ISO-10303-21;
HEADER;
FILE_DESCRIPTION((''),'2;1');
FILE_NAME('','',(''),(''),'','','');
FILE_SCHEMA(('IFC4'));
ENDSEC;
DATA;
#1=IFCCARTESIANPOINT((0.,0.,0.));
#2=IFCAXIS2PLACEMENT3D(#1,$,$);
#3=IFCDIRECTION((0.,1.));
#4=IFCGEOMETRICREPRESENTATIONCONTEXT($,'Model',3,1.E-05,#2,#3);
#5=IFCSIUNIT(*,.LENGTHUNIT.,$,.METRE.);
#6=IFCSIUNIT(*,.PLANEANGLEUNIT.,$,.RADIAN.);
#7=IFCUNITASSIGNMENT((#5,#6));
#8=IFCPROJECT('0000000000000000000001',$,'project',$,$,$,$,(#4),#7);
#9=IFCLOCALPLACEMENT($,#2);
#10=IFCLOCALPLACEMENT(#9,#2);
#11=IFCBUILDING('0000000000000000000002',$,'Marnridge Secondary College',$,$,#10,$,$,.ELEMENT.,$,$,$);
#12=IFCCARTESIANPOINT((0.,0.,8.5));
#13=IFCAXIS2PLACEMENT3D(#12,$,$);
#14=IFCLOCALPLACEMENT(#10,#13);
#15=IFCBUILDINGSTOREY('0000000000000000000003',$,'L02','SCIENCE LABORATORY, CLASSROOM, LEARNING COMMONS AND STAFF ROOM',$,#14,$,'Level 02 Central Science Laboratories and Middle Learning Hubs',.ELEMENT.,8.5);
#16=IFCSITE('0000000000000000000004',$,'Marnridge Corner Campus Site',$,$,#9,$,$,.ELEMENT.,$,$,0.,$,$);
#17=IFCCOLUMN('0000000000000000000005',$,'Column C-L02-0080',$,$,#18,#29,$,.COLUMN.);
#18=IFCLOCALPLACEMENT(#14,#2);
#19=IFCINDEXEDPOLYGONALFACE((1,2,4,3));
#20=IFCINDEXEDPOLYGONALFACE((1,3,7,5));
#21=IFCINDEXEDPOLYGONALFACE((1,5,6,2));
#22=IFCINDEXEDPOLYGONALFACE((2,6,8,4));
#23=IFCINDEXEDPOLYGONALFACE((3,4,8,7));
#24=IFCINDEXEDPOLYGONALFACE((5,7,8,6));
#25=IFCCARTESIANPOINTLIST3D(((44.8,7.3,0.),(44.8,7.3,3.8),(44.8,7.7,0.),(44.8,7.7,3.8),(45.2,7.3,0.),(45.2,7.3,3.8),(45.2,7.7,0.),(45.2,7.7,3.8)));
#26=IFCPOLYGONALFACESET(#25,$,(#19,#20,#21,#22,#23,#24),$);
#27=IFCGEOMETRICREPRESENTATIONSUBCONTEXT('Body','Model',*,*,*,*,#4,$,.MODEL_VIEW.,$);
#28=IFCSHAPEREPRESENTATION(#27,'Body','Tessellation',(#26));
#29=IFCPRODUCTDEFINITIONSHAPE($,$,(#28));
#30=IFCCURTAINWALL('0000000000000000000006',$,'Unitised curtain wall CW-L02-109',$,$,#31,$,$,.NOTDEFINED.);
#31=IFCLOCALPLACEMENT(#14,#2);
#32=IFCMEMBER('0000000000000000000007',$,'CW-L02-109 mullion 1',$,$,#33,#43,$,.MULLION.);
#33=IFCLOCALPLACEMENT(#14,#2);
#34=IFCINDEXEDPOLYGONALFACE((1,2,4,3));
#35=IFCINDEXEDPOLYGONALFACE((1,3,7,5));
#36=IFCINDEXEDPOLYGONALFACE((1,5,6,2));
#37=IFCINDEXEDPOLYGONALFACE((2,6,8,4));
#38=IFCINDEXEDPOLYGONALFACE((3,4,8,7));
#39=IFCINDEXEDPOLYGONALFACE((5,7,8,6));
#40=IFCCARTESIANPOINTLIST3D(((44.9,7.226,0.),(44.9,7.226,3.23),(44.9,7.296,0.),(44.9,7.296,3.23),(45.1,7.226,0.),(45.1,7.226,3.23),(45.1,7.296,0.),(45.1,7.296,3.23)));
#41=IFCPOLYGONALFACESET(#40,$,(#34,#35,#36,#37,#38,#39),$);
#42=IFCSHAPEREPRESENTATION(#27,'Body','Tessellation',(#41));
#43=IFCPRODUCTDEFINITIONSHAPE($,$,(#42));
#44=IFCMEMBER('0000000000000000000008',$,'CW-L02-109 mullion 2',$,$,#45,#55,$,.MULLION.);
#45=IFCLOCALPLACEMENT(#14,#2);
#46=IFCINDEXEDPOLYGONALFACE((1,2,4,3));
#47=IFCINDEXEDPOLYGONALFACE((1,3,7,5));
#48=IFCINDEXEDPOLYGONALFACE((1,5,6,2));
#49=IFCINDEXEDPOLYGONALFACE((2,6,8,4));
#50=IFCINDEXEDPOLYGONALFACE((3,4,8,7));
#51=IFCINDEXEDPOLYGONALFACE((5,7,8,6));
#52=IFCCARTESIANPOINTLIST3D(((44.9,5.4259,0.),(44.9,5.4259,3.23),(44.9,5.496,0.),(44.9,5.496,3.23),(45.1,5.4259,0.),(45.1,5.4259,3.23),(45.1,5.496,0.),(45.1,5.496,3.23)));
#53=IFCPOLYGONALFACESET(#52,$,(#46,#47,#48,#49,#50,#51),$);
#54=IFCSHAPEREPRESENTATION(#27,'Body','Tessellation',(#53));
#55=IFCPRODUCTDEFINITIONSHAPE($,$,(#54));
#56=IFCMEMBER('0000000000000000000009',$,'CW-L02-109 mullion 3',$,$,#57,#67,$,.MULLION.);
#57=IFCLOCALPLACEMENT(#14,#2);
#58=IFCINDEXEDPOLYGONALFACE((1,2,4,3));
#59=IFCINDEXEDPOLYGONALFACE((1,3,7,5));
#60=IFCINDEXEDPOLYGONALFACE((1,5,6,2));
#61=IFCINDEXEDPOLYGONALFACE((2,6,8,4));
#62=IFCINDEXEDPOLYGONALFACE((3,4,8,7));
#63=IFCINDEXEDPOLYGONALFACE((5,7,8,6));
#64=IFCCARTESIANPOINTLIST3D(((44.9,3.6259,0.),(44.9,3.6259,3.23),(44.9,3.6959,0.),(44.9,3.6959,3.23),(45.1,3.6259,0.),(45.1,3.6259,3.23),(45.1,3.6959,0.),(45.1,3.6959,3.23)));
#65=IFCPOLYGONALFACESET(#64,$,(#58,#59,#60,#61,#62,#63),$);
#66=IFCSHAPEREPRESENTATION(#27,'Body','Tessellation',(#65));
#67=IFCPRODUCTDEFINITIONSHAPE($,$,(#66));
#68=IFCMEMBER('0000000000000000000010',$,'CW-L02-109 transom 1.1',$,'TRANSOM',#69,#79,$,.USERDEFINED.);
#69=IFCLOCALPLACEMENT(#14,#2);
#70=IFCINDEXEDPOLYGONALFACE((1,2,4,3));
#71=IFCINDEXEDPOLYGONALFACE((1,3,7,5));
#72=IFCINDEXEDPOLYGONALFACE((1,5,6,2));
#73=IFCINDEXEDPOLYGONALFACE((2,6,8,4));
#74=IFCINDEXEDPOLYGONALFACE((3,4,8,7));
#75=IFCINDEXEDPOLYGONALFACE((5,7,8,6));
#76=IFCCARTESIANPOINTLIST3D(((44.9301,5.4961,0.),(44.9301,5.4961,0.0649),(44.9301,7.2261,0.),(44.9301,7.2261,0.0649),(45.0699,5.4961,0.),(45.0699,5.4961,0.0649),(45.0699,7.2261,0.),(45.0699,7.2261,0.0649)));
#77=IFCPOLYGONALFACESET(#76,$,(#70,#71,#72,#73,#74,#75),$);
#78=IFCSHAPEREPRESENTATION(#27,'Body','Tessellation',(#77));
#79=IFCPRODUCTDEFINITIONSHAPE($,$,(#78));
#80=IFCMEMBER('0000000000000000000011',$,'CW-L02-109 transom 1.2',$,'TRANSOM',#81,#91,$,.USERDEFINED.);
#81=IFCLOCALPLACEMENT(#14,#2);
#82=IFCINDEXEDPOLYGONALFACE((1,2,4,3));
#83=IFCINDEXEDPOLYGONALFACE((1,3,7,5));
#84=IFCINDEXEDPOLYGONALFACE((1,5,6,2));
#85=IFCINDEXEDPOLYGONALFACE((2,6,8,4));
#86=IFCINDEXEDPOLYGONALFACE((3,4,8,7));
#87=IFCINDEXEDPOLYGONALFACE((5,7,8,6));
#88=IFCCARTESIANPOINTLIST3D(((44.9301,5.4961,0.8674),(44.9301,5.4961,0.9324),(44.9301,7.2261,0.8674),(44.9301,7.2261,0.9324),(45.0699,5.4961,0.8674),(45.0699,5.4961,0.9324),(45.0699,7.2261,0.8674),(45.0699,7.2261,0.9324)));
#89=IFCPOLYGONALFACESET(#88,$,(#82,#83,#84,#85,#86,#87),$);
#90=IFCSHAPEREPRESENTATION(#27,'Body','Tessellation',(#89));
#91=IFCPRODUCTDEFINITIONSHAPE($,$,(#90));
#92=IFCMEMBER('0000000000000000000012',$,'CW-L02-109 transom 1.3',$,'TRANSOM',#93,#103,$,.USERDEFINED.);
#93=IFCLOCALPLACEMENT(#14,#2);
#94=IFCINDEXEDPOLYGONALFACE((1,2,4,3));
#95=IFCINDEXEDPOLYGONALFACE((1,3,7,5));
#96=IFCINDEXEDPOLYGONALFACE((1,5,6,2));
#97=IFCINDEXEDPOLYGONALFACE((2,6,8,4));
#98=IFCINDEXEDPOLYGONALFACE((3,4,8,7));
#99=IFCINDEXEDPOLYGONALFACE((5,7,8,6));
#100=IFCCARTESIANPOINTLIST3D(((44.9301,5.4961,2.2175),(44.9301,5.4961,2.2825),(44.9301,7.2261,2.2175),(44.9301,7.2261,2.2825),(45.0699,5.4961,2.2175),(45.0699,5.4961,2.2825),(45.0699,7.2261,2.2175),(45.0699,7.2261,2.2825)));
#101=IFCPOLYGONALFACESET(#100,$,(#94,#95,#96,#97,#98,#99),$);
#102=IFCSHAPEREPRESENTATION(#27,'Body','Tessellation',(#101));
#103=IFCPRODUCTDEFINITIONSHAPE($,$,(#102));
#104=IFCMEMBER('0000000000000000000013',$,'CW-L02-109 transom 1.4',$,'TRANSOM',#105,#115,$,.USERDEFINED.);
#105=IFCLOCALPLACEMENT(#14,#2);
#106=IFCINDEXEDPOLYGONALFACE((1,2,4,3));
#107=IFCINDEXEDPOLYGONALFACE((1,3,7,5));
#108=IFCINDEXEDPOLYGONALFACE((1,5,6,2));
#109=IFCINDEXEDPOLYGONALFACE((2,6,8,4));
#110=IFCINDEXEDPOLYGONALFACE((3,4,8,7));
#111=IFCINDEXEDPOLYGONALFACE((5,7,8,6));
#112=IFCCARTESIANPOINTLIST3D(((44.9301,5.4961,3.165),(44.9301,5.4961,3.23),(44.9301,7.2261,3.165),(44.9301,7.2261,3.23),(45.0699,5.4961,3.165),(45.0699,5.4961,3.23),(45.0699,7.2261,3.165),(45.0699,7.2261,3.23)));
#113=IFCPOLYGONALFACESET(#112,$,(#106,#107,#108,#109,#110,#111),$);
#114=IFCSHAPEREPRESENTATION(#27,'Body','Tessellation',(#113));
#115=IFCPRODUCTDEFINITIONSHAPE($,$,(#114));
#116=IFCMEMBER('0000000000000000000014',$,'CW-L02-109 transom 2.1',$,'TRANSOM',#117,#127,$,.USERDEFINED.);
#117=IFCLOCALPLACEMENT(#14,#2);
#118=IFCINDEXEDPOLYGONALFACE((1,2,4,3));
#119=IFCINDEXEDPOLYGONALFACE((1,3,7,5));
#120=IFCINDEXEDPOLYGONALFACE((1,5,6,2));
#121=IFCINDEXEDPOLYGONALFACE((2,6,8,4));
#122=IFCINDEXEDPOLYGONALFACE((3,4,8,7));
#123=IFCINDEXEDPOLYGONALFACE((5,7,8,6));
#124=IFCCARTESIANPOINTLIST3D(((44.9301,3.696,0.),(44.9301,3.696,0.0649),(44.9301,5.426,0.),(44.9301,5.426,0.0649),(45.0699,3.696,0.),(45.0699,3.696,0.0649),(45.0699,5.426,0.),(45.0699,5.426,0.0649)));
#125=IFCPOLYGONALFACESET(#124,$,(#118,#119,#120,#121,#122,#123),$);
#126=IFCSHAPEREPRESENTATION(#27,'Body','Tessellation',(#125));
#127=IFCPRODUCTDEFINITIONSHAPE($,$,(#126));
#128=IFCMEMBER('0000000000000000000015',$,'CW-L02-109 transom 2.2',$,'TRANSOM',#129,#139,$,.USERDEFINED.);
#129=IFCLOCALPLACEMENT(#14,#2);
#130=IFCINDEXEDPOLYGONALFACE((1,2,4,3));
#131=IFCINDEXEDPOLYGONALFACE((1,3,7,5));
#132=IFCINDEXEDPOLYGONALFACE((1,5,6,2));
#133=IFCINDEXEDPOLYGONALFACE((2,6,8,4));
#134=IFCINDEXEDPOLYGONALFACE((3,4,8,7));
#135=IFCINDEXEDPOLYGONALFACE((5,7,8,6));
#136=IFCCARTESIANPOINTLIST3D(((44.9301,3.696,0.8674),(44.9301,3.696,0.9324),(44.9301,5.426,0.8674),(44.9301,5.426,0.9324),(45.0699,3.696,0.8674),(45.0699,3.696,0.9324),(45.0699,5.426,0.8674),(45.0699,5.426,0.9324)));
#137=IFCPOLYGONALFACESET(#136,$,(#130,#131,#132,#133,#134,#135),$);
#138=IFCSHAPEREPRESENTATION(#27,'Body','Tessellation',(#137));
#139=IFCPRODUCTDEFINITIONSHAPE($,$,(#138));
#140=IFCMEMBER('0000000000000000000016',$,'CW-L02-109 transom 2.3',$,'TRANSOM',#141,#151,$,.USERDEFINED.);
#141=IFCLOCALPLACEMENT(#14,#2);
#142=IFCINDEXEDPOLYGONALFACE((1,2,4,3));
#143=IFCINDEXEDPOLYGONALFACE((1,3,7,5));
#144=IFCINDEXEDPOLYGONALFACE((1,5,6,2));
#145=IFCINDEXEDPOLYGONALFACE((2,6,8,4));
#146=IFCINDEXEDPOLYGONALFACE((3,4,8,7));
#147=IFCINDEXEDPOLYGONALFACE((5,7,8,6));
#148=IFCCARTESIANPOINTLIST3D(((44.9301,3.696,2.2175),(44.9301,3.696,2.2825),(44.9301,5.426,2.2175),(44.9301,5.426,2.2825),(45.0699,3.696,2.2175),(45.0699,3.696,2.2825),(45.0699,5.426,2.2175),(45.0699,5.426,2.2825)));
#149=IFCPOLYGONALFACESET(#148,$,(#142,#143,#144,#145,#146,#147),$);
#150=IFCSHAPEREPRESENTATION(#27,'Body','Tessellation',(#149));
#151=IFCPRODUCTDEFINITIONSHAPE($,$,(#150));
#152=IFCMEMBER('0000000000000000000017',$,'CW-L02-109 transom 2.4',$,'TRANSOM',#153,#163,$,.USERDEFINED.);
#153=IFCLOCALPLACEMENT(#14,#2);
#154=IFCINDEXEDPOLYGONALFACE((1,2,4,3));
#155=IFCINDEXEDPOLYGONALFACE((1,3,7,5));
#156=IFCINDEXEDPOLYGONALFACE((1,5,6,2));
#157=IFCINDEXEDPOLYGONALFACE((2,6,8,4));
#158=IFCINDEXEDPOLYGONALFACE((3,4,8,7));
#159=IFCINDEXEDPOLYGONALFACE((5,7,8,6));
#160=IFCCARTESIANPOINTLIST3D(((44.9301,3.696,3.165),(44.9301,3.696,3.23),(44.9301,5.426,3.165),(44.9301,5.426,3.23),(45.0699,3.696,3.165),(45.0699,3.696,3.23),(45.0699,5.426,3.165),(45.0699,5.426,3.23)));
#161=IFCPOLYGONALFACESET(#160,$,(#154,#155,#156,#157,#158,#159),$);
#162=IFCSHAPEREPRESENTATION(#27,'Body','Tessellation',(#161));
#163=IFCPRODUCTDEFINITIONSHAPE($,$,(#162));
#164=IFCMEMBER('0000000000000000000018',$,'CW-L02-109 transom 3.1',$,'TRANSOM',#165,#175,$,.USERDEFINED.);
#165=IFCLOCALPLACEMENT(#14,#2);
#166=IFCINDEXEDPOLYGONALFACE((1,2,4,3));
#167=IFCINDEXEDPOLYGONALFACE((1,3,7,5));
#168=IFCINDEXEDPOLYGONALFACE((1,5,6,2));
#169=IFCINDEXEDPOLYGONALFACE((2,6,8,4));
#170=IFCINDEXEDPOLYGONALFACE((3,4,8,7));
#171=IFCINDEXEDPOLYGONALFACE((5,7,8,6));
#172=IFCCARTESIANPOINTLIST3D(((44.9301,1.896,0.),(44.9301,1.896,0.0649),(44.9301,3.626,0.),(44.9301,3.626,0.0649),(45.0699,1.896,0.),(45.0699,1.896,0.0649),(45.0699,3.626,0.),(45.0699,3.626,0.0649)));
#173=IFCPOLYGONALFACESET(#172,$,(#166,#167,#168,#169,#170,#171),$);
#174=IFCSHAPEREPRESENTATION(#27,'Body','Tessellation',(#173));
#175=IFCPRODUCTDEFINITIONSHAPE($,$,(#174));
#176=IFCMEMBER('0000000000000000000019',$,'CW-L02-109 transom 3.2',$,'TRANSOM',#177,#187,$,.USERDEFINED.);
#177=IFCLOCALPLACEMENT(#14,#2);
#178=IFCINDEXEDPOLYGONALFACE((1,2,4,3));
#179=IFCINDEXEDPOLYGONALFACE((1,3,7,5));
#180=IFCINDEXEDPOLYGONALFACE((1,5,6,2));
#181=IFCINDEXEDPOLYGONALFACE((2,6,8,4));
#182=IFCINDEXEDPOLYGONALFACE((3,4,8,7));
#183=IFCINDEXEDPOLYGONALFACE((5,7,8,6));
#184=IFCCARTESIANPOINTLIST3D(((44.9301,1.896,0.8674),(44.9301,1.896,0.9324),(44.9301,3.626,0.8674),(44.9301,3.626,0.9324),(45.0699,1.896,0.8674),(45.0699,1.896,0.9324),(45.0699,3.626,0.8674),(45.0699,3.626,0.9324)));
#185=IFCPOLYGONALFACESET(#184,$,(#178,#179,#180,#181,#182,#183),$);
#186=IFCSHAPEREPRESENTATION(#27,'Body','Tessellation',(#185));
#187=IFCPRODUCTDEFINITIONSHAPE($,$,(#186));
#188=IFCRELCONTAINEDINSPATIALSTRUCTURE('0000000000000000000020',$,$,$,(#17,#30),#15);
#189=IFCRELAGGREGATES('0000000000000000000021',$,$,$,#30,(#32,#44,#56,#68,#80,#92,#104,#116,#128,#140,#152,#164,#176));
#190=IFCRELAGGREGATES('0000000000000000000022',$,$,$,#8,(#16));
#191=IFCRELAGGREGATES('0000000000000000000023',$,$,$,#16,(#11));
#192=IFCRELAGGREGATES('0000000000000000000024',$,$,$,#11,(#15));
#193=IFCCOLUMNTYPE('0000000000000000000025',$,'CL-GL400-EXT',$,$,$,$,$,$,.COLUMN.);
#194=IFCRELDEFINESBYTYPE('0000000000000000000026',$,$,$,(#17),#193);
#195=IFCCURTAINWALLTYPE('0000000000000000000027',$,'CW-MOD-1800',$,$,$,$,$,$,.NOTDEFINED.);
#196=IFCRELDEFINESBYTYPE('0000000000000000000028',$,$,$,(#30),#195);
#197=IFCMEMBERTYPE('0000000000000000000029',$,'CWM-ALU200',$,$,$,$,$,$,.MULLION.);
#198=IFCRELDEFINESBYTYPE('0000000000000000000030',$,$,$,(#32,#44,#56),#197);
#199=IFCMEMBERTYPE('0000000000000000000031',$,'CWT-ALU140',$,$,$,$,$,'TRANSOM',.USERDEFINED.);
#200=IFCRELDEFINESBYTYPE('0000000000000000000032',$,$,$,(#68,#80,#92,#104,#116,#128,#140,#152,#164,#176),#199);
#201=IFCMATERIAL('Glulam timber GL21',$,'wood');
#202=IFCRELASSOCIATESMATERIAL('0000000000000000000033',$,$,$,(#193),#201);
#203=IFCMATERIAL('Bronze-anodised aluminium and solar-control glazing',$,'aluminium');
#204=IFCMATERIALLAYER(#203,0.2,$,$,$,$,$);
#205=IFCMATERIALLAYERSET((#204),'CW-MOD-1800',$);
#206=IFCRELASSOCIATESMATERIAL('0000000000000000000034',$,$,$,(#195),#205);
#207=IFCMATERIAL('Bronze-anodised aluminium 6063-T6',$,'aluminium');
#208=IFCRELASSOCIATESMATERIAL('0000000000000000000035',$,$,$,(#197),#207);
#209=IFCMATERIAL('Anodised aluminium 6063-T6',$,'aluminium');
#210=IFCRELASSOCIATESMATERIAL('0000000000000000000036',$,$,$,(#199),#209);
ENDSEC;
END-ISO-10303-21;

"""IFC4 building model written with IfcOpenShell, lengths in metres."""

from ifc_helpers import new_model, si_unit, direction, frame, origin, origin_2d, place, context, subcontext, project, spatial, rectangle, extrude, material, layer, layer_set, material_profile, profile_set, type_object, element, aggregate, save


model = new_model("IFC4")

# Units and contexts
model_context = context("Model", 3, precision=1e-05, world=origin(), true_north=direction((0.0, 1.0)))
body_context = subcontext(model_context, "Body", "Model", "MODEL_VIEW")
ifc_project = project(units=[si_unit("LENGTHUNIT", "METRE"), si_unit("PLANEANGLEUNIT", "RADIAN")], contexts=[model_context])

# Site, building, storey
site_placement = place(None, origin())
site = spatial("IfcSite", under=ifc_project, at=site_placement, Name="Marnridge Corner Campus Site", CompositionType="ELEMENT", RefElevation=0.0)
building_placement = place(site_placement, origin())
building = spatial("IfcBuilding", under=site, at=building_placement, Name="Marnridge Secondary College", CompositionType="ELEMENT")
storey_placement = place(building_placement, frame((0.0, 0.0, 8.5)))
storey = spatial("IfcBuildingStorey", under=building, at=storey_placement, Name="L02", Description="SCIENCE LABORATORY, CLASSROOM, LEARNING COMMONS AND STAFF ROOM", LongName="Level 02 Central Science Laboratories and Middle Learning Hubs", CompositionType="ELEMENT", Elevation=8.5)

# Column
ifc_material_1 = material(Name="Glulam timber GL21", Category="wood")
ifc_material_profile_1 = material_profile(ifc_material_1, rectangle(XDim=0.3999, YDim=0.3999, at=origin_2d()), Name="GL21 400x400")
ifc_profile_set_1 = profile_set([ifc_material_profile_1], Name="Glulam timber GL21")
column_type = type_object("IfcColumnType", Name="CL-GL400-EXT", PredefinedType="COLUMN", material=ifc_profile_set_1)
column_placement = place(storey_placement, frame((45.0, 7.5, 0.0), z_axis=(0.0, 0.0, 1.0), x_axis=(1.0, 0.0, 0.0)))
element("IfcColumn", 1, at=column_placement, inside=storey, type_object=column_type, Name="Column C-L02-0080", PredefinedType="COLUMN", context=body_context, shape_type="SweptSolid", body=[
    extrude(rectangle(XDim=0.3999, YDim=0.3999, at=origin_2d()), origin(), (0.0, 0.0, 1.0), 3.8),
])

# Curtain wall, members
ifc_material_2 = material(Name="Bronze-anodised aluminium and solar-control glazing", Category="aluminium")
ifc_layer_1 = layer(ifc_material_2, 0.2)
ifc_layer_set_1 = layer_set([ifc_layer_1], Name="CW-MOD-1800")
curtain_wall_type = type_object("IfcCurtainWallType", Name="CW-MOD-1800", PredefinedType="NOTDEFINED", material=ifc_layer_set_1)
curtain_wall_placement = place(storey_placement, origin())
curtain_wall = element("IfcCurtainWall", 2, at=curtain_wall_placement, inside=storey, type_object=curtain_wall_type, Name="Unitised curtain wall CW-L02-109", PredefinedType="NOTDEFINED")
ifc_material_3 = material(Name="Bronze-anodised aluminium 6063-T6", Category="aluminium")
ifc_material_profile_2 = material_profile(ifc_material_3, rectangle(XDim=0.0701, YDim=0.2, at=origin_2d()), Name="ALU 70x200")
ifc_profile_set_2 = profile_set([ifc_material_profile_2], Name="Bronze-anodised aluminium 6063-T6")
member_type_1 = type_object("IfcMemberType", Name="CWM-ALU200", PredefinedType="MULLION", material=ifc_profile_set_2)
member_1_placement = place(storey_placement, frame((45.0, 7.261, 0.0), z_axis=(0.0, 0.0, 1.0), x_axis=(0.0, -1.0, 0.0)))
member_1 = element("IfcMember", 3, at=member_1_placement, type_object=member_type_1, Name="CW-L02-109 mullion 1", PredefinedType="MULLION", context=body_context, shape_type="SweptSolid", body=[
    extrude(rectangle(XDim=0.0701, YDim=0.2, at=origin_2d()), origin(), (0.0, 0.0, 1.0), 3.23),
])
member_2_placement = place(storey_placement, frame((45.0, 5.4609, 0.0), z_axis=(0.0, 0.0, 1.0), x_axis=(0.0, -1.0, 0.0)))
member_2 = element("IfcMember", 4, at=member_2_placement, type_object=member_type_1, Name="CW-L02-109 mullion 2", PredefinedType="MULLION", context=body_context, shape_type="SweptSolid", body=[
    extrude(rectangle(XDim=0.0701, YDim=0.2, at=origin_2d()), origin(), (0.0, 0.0, 1.0), 3.23),
])
member_3_placement = place(storey_placement, frame((45.0, 3.6609, 0.0), z_axis=(0.0, 0.0, 1.0), x_axis=(0.0, -1.0, 0.0)))
member_3 = element("IfcMember", 5, at=member_3_placement, type_object=member_type_1, Name="CW-L02-109 mullion 3", PredefinedType="MULLION", context=body_context, shape_type="SweptSolid", body=[
    extrude(rectangle(XDim=0.0701, YDim=0.2, at=origin_2d()), origin(), (0.0, 0.0, 1.0), 3.23),
])
ifc_material_4 = material(Name="Anodised aluminium 6063-T6", Category="aluminium")
ifc_material_profile_3 = material_profile(ifc_material_4, rectangle(XDim=0.0649, YDim=0.1399, at=origin_2d()), Name="ALU 65x140")
ifc_profile_set_3 = profile_set([ifc_material_profile_3], Name="Anodised aluminium 6063-T6")
member_type_2 = type_object("IfcMemberType", Name="CWT-ALU140", ElementType="TRANSOM", PredefinedType="USERDEFINED", material=ifc_profile_set_3)
member_4_placement = place(storey_placement, frame((45.0, 7.2261, 0.0325), z_axis=(0.0, -1.0, 0.0), x_axis=(0.0, 0.0, 1.0)))
member_4 = element("IfcMember", 6, at=member_4_placement, type_object=member_type_2, Name="CW-L02-109 transom 1.1", ObjectType="TRANSOM", PredefinedType="USERDEFINED", context=body_context, shape_type="SweptSolid", body=[
    extrude(rectangle(XDim=0.0649, YDim=0.1399, at=origin_2d()), origin(), (0.0, 0.0, 1.0), 1.73),
])
member_5_placement = place(storey_placement, frame((45.0, 7.2261, 0.8999), z_axis=(0.0, -1.0, 0.0), x_axis=(0.0, 0.0, 1.0)))
member_5 = element("IfcMember", 7, at=member_5_placement, type_object=member_type_2, Name="CW-L02-109 transom 1.2", ObjectType="TRANSOM", PredefinedType="USERDEFINED", context=body_context, shape_type="SweptSolid", body=[
    extrude(rectangle(XDim=0.0649, YDim=0.1399, at=origin_2d()), origin(), (0.0, 0.0, 1.0), 1.73),
])
member_6_placement = place(storey_placement, frame((45.0, 7.2261, 2.25), z_axis=(0.0, -1.0, 0.0), x_axis=(0.0, 0.0, 1.0)))
member_6 = element("IfcMember", 8, at=member_6_placement, type_object=member_type_2, Name="CW-L02-109 transom 1.3", ObjectType="TRANSOM", PredefinedType="USERDEFINED", context=body_context, shape_type="SweptSolid", body=[
    extrude(rectangle(XDim=0.0649, YDim=0.1399, at=origin_2d()), origin(), (0.0, 0.0, 1.0), 1.73),
])
member_7_placement = place(storey_placement, frame((45.0, 7.2261, 3.1975), z_axis=(0.0, -1.0, 0.0), x_axis=(0.0, 0.0, 1.0)))
member_7 = element("IfcMember", 9, at=member_7_placement, type_object=member_type_2, Name="CW-L02-109 transom 1.4", ObjectType="TRANSOM", PredefinedType="USERDEFINED", context=body_context, shape_type="SweptSolid", body=[
    extrude(rectangle(XDim=0.0649, YDim=0.1399, at=origin_2d()), origin(), (0.0, 0.0, 1.0), 1.73),
])
member_8_placement = place(storey_placement, frame((45.0, 5.426, 0.0325), z_axis=(0.0, -1.0, 0.0), x_axis=(0.0, 0.0, 1.0)))
member_8 = element("IfcMember", 10, at=member_8_placement, type_object=member_type_2, Name="CW-L02-109 transom 2.1", ObjectType="TRANSOM", PredefinedType="USERDEFINED", context=body_context, shape_type="SweptSolid", body=[
    extrude(rectangle(XDim=0.0649, YDim=0.1399, at=origin_2d()), origin(), (0.0, 0.0, 1.0), 1.73),
])
member_9_placement = place(storey_placement, frame((45.0, 5.426, 0.8999), z_axis=(0.0, -1.0, 0.0), x_axis=(0.0, 0.0, 1.0)))
member_9 = element("IfcMember", 11, at=member_9_placement, type_object=member_type_2, Name="CW-L02-109 transom 2.2", ObjectType="TRANSOM", PredefinedType="USERDEFINED", context=body_context, shape_type="SweptSolid", body=[
    extrude(rectangle(XDim=0.0649, YDim=0.1399, at=origin_2d()), origin(), (0.0, 0.0, 1.0), 1.73),
])
member_10_placement = place(storey_placement, frame((45.0, 5.426, 2.25), z_axis=(0.0, -1.0, 0.0), x_axis=(0.0, 0.0, 1.0)))
member_10 = element("IfcMember", 12, at=member_10_placement, type_object=member_type_2, Name="CW-L02-109 transom 2.3", ObjectType="TRANSOM", PredefinedType="USERDEFINED", context=body_context, shape_type="SweptSolid", body=[
    extrude(rectangle(XDim=0.0649, YDim=0.1399, at=origin_2d()), origin(), (0.0, 0.0, 1.0), 1.73),
])
member_11_placement = place(storey_placement, frame((45.0, 5.426, 3.1975), z_axis=(0.0, -1.0, 0.0), x_axis=(0.0, 0.0, 1.0)))
member_11 = element("IfcMember", 13, at=member_11_placement, type_object=member_type_2, Name="CW-L02-109 transom 2.4", ObjectType="TRANSOM", PredefinedType="USERDEFINED", context=body_context, shape_type="SweptSolid", body=[
    extrude(rectangle(XDim=0.0649, YDim=0.1399, at=origin_2d()), origin(), (0.0, 0.0, 1.0), 1.73),
])
member_12_placement = place(storey_placement, frame((45.0, 3.626, 0.0325), z_axis=(0.0, -1.0, 0.0), x_axis=(0.0, 0.0, 1.0)))
member_12 = element("IfcMember", 14, at=member_12_placement, type_object=member_type_2, Name="CW-L02-109 transom 3.1", ObjectType="TRANSOM", PredefinedType="USERDEFINED", context=body_context, shape_type="SweptSolid", body=[
    extrude(rectangle(XDim=0.0649, YDim=0.1399, at=origin_2d()), origin(), (0.0, 0.0, 1.0), 1.73),
])
member_13_placement = place(storey_placement, frame((45.0, 3.626, 0.8999), z_axis=(0.0, -1.0, 0.0), x_axis=(0.0, 0.0, 1.0)))
member_13 = element("IfcMember", 15, at=member_13_placement, type_object=member_type_2, Name="CW-L02-109 transom 3.2", ObjectType="TRANSOM", PredefinedType="USERDEFINED", context=body_context, shape_type="SweptSolid", body=[
    extrude(rectangle(XDim=0.0649, YDim=0.1399, at=origin_2d()), origin(), (0.0, 0.0, 1.0), 1.73),
])
aggregate(curtain_wall, [member_1, member_2, member_3, member_4, member_5, member_6, member_7, member_8, member_9, member_10, member_11, member_12, member_13])

save(model, "model.ifc")
